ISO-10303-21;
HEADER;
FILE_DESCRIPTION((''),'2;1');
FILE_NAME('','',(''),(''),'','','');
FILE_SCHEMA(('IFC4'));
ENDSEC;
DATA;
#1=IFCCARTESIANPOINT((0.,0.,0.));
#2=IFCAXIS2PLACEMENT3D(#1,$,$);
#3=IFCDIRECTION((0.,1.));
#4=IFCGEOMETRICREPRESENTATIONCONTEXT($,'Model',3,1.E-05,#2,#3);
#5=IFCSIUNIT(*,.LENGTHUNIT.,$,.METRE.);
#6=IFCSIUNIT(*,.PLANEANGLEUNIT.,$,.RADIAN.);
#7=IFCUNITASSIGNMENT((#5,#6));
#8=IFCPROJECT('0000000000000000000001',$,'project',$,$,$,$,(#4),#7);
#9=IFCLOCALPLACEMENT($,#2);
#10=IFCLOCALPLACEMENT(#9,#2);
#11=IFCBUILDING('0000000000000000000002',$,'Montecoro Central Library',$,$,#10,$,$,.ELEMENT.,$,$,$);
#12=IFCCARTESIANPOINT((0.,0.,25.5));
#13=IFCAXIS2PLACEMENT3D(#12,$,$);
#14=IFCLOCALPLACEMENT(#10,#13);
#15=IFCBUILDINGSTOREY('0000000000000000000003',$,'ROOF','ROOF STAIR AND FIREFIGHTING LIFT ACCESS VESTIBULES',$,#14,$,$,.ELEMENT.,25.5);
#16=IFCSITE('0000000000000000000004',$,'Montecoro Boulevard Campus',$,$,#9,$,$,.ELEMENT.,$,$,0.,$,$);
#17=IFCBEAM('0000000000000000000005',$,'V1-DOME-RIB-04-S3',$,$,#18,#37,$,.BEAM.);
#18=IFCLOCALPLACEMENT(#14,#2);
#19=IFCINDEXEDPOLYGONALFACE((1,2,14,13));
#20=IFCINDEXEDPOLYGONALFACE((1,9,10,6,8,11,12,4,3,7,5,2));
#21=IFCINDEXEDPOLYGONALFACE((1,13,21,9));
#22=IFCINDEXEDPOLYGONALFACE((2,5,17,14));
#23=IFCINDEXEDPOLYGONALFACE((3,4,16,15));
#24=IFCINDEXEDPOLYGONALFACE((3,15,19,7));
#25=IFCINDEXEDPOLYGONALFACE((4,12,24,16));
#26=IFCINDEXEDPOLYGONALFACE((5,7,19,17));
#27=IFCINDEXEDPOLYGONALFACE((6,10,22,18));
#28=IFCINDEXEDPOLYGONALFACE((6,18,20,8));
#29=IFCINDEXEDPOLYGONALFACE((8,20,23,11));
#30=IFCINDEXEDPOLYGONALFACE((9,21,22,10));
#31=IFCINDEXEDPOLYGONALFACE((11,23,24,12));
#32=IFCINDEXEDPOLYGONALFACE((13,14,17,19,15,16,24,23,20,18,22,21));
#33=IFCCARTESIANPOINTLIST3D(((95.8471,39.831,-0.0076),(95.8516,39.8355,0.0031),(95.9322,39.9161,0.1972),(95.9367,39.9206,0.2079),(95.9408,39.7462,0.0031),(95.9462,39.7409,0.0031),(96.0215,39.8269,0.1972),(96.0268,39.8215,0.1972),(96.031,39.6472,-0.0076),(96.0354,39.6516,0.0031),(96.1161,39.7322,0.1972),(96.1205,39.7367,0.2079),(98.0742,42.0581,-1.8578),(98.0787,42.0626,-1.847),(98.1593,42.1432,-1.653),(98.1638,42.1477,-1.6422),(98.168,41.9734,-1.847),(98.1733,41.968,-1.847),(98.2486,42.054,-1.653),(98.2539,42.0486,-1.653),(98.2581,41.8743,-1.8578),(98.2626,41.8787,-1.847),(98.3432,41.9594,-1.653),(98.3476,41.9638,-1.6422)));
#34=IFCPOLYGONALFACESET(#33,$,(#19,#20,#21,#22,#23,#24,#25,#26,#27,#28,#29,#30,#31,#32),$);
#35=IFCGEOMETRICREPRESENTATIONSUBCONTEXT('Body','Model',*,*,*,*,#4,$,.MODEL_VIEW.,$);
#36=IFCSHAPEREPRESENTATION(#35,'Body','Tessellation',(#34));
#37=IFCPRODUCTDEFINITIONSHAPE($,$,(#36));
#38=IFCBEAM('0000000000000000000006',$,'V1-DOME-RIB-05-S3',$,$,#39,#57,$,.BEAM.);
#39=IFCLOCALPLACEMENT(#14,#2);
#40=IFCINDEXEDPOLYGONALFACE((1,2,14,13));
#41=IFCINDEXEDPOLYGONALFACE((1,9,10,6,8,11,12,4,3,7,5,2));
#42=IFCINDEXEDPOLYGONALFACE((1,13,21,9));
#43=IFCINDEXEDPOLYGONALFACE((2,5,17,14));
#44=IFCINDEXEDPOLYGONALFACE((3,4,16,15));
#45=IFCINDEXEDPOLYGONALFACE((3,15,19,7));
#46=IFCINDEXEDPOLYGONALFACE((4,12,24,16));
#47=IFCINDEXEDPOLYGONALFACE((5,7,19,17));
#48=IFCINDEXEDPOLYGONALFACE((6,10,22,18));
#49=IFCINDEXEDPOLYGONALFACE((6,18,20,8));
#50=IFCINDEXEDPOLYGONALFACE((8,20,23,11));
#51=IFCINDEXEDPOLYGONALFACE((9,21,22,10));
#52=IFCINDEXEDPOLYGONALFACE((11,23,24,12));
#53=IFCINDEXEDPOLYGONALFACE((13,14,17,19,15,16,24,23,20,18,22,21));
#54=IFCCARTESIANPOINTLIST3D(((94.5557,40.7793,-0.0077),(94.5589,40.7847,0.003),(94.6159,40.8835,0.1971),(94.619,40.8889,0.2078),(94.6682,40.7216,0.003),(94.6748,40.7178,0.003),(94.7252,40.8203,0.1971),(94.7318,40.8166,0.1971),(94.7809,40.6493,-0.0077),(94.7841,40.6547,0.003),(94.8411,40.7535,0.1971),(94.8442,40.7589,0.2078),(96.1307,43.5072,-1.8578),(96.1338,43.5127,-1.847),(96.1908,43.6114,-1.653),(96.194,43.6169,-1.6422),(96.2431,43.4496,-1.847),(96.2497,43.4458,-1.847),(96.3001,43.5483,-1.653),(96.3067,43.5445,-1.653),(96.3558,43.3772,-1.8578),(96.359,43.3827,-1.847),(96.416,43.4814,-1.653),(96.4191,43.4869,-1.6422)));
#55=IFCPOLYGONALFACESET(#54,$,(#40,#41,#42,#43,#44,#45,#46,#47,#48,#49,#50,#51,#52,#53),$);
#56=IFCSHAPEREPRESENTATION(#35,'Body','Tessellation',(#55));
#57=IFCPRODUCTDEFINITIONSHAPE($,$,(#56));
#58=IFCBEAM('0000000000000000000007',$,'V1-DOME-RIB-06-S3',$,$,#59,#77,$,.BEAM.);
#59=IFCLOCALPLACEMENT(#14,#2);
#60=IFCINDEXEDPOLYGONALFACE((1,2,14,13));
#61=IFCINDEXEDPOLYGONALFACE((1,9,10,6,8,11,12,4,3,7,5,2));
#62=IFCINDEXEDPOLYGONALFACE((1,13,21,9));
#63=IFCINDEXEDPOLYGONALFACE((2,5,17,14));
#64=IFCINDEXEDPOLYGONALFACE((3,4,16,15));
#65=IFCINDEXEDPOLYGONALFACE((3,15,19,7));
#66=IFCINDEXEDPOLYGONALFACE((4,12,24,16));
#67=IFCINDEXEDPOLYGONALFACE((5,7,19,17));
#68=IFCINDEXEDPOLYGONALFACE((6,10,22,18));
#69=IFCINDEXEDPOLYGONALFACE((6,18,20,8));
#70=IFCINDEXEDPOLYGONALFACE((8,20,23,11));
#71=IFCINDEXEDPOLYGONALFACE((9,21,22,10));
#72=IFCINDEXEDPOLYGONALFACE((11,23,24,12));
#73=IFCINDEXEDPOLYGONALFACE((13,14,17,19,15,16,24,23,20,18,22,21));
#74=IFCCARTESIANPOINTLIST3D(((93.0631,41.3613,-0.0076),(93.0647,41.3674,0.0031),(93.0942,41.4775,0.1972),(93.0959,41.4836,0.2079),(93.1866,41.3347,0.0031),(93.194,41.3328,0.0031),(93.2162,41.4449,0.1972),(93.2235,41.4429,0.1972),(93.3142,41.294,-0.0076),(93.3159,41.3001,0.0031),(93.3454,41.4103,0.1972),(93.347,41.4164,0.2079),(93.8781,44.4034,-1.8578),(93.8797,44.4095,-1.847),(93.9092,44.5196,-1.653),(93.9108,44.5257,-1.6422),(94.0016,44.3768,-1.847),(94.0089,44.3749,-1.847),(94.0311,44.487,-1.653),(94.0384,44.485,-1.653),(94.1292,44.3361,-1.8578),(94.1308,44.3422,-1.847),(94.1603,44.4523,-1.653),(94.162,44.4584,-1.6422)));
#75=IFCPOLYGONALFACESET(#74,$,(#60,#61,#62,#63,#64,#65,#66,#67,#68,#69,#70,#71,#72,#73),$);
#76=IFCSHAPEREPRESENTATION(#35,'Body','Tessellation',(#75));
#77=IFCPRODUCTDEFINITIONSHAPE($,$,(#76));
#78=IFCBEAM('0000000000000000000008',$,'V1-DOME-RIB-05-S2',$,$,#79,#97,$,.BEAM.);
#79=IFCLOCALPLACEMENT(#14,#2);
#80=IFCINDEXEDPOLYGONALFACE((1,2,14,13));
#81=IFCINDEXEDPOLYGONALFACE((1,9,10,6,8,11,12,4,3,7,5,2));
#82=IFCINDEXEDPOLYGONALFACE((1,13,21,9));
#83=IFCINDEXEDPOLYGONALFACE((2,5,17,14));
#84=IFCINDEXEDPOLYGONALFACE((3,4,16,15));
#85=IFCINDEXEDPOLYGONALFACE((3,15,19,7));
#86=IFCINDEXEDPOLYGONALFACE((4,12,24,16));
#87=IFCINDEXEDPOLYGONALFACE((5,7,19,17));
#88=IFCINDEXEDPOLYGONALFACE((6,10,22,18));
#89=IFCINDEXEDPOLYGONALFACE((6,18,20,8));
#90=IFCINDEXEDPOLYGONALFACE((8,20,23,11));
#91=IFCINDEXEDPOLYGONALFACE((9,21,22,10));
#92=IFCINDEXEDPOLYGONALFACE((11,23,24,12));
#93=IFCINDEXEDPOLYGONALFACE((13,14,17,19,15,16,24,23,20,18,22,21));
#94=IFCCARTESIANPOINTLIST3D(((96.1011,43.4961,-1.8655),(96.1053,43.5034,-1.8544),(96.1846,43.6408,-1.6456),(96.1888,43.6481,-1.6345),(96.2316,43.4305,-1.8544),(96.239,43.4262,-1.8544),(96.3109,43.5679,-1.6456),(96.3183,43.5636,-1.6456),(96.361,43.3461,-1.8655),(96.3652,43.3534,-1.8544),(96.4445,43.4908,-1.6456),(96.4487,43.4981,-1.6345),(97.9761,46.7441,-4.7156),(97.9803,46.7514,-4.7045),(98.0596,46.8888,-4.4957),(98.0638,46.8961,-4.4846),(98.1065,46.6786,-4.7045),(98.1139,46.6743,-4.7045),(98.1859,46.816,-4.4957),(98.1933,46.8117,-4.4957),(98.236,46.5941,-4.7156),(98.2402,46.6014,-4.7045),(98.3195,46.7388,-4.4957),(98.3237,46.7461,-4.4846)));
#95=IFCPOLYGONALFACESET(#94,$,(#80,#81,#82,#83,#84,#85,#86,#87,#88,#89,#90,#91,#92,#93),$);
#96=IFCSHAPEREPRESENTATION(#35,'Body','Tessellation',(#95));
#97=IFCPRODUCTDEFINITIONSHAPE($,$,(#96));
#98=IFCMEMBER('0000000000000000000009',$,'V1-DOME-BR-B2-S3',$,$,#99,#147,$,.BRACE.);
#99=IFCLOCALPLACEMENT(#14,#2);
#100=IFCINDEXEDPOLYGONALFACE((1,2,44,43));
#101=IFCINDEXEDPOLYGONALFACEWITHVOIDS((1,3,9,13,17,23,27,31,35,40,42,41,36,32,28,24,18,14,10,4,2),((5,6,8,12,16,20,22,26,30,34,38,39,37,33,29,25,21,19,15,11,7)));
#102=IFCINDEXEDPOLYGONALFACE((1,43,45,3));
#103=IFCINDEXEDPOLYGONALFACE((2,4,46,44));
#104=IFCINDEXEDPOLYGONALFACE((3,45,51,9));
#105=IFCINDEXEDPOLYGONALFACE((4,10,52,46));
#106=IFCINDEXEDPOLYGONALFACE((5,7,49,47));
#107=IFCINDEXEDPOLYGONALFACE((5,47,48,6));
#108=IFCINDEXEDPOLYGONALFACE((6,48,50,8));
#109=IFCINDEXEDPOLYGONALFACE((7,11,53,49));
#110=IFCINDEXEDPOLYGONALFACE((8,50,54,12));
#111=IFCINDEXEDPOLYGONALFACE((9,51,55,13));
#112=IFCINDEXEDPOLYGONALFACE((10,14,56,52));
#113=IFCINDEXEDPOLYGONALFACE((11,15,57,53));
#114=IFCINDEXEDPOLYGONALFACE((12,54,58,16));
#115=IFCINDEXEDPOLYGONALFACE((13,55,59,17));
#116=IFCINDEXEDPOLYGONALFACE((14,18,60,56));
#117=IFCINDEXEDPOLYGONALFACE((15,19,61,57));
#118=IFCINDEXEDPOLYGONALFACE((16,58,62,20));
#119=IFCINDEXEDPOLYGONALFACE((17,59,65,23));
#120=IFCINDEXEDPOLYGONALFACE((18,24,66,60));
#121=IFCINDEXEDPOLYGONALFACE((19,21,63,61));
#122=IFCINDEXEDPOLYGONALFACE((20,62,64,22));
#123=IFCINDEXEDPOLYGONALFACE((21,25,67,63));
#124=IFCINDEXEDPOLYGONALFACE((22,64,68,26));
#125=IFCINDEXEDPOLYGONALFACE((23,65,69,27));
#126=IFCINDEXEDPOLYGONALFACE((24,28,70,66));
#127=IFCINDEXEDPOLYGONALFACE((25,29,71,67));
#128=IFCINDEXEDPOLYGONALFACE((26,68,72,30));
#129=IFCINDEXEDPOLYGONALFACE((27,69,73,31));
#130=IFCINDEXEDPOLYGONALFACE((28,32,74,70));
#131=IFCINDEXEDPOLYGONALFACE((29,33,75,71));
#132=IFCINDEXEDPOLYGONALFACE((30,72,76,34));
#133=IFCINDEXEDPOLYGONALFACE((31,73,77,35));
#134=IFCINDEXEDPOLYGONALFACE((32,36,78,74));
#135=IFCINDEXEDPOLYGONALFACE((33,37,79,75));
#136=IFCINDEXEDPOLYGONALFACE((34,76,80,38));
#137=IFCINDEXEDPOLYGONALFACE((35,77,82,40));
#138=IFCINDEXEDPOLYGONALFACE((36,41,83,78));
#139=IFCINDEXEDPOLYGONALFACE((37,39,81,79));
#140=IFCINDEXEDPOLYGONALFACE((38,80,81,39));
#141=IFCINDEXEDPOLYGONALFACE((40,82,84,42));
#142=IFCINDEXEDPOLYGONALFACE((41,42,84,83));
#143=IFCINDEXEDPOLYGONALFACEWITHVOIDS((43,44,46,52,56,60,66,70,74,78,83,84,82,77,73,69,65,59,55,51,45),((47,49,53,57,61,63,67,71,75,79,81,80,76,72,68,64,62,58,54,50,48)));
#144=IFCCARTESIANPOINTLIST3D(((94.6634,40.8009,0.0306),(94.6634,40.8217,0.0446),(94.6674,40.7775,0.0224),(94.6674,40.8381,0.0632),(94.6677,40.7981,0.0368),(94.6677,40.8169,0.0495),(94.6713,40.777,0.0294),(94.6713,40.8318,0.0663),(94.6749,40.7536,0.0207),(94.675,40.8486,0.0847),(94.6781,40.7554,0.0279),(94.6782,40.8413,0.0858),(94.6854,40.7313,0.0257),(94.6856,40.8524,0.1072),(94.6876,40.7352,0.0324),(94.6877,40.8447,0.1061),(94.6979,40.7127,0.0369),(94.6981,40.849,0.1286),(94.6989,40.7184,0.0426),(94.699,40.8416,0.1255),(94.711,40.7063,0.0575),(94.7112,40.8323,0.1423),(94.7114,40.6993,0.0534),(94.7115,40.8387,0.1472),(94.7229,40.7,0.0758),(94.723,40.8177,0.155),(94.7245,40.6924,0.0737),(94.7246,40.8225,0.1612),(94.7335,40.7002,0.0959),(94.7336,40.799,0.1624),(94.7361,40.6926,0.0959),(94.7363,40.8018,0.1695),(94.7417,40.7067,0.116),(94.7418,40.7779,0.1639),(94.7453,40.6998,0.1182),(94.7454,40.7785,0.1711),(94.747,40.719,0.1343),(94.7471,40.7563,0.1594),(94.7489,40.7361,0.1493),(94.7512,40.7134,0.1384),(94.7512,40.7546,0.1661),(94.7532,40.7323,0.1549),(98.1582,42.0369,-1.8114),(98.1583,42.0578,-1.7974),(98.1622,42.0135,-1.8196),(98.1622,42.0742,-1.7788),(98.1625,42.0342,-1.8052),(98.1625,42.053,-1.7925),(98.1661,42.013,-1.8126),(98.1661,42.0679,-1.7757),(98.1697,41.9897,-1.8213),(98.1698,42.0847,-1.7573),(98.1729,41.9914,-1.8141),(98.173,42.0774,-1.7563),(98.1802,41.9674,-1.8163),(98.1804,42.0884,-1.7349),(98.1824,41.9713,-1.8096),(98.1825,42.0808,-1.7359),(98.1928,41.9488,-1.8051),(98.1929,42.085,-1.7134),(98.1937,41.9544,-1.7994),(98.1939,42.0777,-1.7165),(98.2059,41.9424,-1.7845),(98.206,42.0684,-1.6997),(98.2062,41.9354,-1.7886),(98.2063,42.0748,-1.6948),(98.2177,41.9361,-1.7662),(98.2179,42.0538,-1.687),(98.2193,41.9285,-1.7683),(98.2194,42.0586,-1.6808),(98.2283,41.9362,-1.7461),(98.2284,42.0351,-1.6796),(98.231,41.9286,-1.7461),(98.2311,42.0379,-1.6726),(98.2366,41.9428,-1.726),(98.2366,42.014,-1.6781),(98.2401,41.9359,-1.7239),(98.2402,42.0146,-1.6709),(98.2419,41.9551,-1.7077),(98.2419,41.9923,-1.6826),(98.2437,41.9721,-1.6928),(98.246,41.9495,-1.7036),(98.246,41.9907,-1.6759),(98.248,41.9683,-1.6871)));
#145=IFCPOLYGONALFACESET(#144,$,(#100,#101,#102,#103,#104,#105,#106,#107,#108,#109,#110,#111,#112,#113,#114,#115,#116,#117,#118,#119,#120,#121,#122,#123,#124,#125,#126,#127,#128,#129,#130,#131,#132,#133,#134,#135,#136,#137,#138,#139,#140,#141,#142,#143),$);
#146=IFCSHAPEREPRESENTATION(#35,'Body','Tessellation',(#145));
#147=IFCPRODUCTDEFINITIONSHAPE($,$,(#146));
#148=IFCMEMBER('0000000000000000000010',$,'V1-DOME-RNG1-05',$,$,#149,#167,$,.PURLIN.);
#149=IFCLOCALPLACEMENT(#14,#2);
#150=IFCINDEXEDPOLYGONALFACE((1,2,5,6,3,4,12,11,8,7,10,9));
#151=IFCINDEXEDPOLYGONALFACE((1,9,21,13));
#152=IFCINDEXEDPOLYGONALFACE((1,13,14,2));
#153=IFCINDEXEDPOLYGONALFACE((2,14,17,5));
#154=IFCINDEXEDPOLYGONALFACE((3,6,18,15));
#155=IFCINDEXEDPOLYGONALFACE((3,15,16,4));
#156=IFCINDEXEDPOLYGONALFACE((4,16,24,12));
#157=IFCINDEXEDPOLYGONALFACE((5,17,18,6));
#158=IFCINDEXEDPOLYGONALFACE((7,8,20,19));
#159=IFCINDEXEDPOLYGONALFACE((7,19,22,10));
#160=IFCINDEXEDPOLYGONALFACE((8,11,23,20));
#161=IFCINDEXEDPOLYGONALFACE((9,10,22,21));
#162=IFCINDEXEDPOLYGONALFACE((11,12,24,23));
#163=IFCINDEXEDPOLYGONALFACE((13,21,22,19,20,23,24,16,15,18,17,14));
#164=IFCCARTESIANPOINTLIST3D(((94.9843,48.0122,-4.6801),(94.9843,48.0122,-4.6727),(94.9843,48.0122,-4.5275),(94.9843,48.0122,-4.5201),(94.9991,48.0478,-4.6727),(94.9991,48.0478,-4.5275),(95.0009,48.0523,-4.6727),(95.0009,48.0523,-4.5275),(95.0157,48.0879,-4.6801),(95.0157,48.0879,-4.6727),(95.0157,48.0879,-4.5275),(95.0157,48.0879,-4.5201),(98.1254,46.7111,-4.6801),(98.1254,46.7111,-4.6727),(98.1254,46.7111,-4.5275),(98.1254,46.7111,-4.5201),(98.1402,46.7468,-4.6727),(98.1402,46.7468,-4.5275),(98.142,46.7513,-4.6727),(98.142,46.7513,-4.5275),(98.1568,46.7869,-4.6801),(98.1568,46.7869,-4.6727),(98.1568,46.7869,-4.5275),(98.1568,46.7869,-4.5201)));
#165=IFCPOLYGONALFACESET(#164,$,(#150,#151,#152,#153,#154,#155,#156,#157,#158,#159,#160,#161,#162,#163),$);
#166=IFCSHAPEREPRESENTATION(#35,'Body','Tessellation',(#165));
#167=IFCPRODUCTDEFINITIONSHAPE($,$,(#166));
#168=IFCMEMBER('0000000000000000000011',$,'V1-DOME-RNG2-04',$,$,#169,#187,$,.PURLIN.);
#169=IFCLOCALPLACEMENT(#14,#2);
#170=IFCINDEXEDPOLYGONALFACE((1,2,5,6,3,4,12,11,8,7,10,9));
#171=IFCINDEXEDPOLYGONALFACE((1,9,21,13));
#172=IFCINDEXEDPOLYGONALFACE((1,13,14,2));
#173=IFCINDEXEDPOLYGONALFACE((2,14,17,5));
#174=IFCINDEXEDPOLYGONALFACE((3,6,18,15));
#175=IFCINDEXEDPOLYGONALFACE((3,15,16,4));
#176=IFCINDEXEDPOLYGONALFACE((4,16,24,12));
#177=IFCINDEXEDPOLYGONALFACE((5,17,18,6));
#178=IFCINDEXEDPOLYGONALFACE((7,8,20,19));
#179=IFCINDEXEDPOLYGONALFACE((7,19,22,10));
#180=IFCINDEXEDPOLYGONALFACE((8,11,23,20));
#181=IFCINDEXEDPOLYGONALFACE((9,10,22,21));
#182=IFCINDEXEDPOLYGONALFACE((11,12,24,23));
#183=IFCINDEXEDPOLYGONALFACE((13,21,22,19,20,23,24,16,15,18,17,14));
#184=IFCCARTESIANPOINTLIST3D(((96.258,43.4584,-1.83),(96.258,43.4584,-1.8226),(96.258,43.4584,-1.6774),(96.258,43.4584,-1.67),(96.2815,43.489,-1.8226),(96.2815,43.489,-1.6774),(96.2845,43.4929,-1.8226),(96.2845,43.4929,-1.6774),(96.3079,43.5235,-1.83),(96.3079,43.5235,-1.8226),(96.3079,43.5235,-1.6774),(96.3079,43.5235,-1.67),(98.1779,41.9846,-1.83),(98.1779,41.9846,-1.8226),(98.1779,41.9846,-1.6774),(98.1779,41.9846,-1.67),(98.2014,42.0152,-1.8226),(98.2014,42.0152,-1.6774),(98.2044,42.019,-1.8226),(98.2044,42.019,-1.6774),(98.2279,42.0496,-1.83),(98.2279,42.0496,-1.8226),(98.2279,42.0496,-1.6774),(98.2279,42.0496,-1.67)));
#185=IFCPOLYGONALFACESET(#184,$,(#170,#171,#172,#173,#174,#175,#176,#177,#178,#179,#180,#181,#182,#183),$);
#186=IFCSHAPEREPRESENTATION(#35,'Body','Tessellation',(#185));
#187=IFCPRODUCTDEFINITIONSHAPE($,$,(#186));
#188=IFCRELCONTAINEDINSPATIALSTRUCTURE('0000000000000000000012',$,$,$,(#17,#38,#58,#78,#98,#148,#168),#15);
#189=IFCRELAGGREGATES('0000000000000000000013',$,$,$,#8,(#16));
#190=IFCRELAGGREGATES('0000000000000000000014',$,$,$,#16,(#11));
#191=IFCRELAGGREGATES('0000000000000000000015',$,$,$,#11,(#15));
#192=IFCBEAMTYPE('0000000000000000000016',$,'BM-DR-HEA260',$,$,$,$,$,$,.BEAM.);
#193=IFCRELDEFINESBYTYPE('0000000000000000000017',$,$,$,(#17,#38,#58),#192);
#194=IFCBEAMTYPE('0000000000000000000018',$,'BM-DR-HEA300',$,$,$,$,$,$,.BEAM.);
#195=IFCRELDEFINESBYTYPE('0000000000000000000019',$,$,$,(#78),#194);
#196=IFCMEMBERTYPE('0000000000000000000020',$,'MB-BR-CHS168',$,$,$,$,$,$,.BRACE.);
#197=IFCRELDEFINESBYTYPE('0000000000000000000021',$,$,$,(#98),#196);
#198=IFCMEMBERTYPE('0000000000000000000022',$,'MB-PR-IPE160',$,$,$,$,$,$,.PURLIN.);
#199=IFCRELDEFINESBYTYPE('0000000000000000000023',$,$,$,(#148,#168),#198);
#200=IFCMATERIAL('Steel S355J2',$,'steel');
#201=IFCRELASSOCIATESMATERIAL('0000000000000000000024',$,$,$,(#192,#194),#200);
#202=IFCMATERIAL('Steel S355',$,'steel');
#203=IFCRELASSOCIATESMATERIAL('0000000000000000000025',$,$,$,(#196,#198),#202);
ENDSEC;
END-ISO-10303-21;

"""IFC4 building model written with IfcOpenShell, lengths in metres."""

from ifc_helpers import new_model, si_unit, direction, frame, origin, origin_2d, place, context, subcontext, project, spatial, hollow_circle, i_section, extrude, material, material_profile, profile_set, type_object, element, save


model = new_model("IFC4")

# Units and contexts
model_context = context("Model", 3, precision=1e-05, world=origin(), true_north=direction((0.0, 1.0)))
body_context = subcontext(model_context, "Body", "Model", "MODEL_VIEW")
ifc_project = project(units=[si_unit("LENGTHUNIT", "METRE"), si_unit("PLANEANGLEUNIT", "RADIAN")], contexts=[model_context])

# Site, building, storey
site_placement = place(None, origin())
site = spatial("IfcSite", under=ifc_project, at=site_placement, Name="Montecoro Boulevard Campus", CompositionType="ELEMENT", RefElevation=0.0)
building_placement = place(site_placement, origin())
building = spatial("IfcBuilding", under=site, at=building_placement, Name="Montecoro Central Library", CompositionType="ELEMENT")
storey_placement = place(building_placement, frame((0.0, 0.0, 25.5)))
storey = spatial("IfcBuildingStorey", under=building, at=storey_placement, Name="ROOF", Description="ROOF STAIR AND FIREFIGHTING LIFT ACCESS VESTIBULES", CompositionType="ELEMENT", Elevation=25.5)

# Beams
ifc_material_1 = material(Name="Steel S355J2", Category="steel")
ifc_material_profile_1 = material_profile(ifc_material_1, i_section(OverallWidth=0.26, OverallDepth=0.25, WebThickness=0.0076, FlangeThickness=0.0125, at=origin_2d()), Name="HEA 260")
ifc_profile_set_1 = profile_set([ifc_material_profile_1], Name="Steel S355J2")
beam_type_1 = type_object("IfcBeamType", Name="BM-DR-HEA260", PredefinedType="BEAM", material=ifc_profile_set_1)
beam_1_placement = place(storey_placement, frame((98.2109, 42.011, -1.75), z_axis=(-0.609696, -0.609696, 0.506498), x_axis=(0.707107, -0.707107, 0.0)))
element("IfcBeam", 1, at=beam_1_placement, inside=storey, type_object=beam_type_1, Name="V1-DOME-RIB-04-S3", PredefinedType="BEAM", context=body_context, shape_type="SweptSolid", body=[
    extrude(i_section(OverallWidth=0.26, OverallDepth=0.25, WebThickness=0.0076, FlangeThickness=0.0125, at=origin_2d()), origin(), (0.0, 0.0, 1.0), 3.6528),
])
beam_2_placement = place(storey_placement, frame((96.2749, 43.4971, -1.75), z_axis=(-0.431122, -0.746761, 0.50644), x_axis=(0.866036, -0.499982, 0.0)))
element("IfcBeam", 2, at=beam_2_placement, inside=storey, type_object=beam_type_1, Name="V1-DOME-RIB-05-S3", PredefinedType="BEAM", context=body_context, shape_type="SweptSolid", body=[
    extrude(i_section(OverallWidth=0.26, OverallDepth=0.25, WebThickness=0.0076, FlangeThickness=0.0125, at=origin_2d()), origin(), (0.0, 0.0, 1.0), 3.6531),
])
beam_3_placement = place(storey_placement, frame((94.02, 44.4309, -1.75), z_axis=(-0.223119, -0.832854, 0.50653), x_axis=(0.965938, -0.258772, 0.0)))
element("IfcBeam", 3, at=beam_3_placement, inside=storey, type_object=beam_type_1, Name="V1-DOME-RIB-06-S3", PredefinedType="BEAM", context=body_context, shape_type="SweptSolid", body=[
    extrude(i_section(OverallWidth=0.26, OverallDepth=0.25, WebThickness=0.0076, FlangeThickness=0.0125, at=origin_2d()), origin(), (0.0, 0.0, 1.0), 3.6526),
])
ifc_material_profile_2 = material_profile(ifc_material_1, i_section(OverallWidth=0.3, OverallDepth=0.29, WebThickness=0.0085, FlangeThickness=0.0139, at=origin_2d()), Name="HEA 300")
ifc_profile_set_2 = profile_set([ifc_material_profile_2], Name="Steel S355J2")
beam_type_2 = type_object("IfcBeamType", Name="BM-DR-HEA300", PredefinedType="BEAM", material=ifc_profile_set_2)
beam_4_placement = place(storey_placement, frame((98.1499, 46.7451, -4.6001), z_axis=(-0.39805, -0.689538, 0.605056), x_axis=(0.866056, -0.499948, 0.0)))
element("IfcBeam", 4, at=beam_4_placement, inside=storey, type_object=beam_type_2, Name="V1-DOME-RIB-05-S2", PredefinedType="BEAM", context=body_context, shape_type="SweptSolid", body=[
    extrude(i_section(OverallWidth=0.3, OverallDepth=0.29, WebThickness=0.0085, FlangeThickness=0.0139, at=origin_2d()), origin(), (0.0, 0.0, 1.0), 4.7104),
])

# Members
ifc_material_2 = material(Name="Steel S355", Category="steel")
ifc_material_profile_3 = material_profile(ifc_material_2, hollow_circle(Radius=0.0842, WallThickness=0.0081, at=origin_2d()), Name="CHS 168.3x8.0")
ifc_profile_set_3 = profile_set([ifc_material_profile_3], Name="Steel S355")
member_type_1 = type_object("IfcMemberType", Name="MB-BR-CHS168", PredefinedType="BRACE", material=ifc_profile_set_3)
member_1_placement = place(storey_placement, frame((98.2029, 42.0081, -1.7461), z_axis=(-0.844282, -0.29861, 0.444995), x_axis=(0.333444, -0.94277, 0.0)))
element("IfcMember", 5, at=member_1_placement, inside=storey, type_object=member_type_1, Name="V1-DOME-BR-B2-S3", PredefinedType="BRACE", context=body_context, shape_type="SweptSolid", body=[
    extrude(hollow_circle(Radius=0.0842, WallThickness=0.0081, at=origin_2d()), origin(), (0.0, 0.0, 1.0), 4.1394),
])
ifc_material_profile_4 = material_profile(ifc_material_2, i_section(OverallWidth=0.082, OverallDepth=0.1599, WebThickness=0.0049, FlangeThickness=0.0073, at=origin_2d()), Name="IPE 160")
ifc_profile_set_4 = profile_set([ifc_material_profile_4], Name="Steel S355")
member_type_2 = type_object("IfcMemberType", Name="MB-PR-IPE160", PredefinedType="PURLIN", material=ifc_profile_set_4)
member_2_placement = place(storey_placement, frame((98.1411, 46.749, -4.6001), z_axis=(-0.923886, 0.382667, 0.0), x_axis=(-0.382667, -0.923886, 0.0)))
element("IfcMember", 6, at=member_2_placement, inside=storey, type_object=member_type_2, Name="V1-DOME-RNG1-05", PredefinedType="PURLIN", context=body_context, shape_type="SweptSolid", body=[
    extrude(i_section(OverallWidth=0.082, OverallDepth=0.1599, WebThickness=0.0049, FlangeThickness=0.0073, at=origin_2d()), origin(), (0.0, 0.0, 1.0), 3.3999),
])
member_3_placement = place(storey_placement, frame((98.2029, 42.0171, -1.75), z_axis=(-0.79322, 0.608935, 0.0), x_axis=(-0.608935, -0.79322, 0.0)))
element("IfcMember", 7, at=member_3_placement, inside=storey, type_object=member_type_2, Name="V1-DOME-RNG2-04", PredefinedType="PURLIN", context=body_context, shape_type="SweptSolid", body=[
    extrude(i_section(OverallWidth=0.082, OverallDepth=0.1599, WebThickness=0.0049, FlangeThickness=0.0073, at=origin_2d()), origin(), (0.0, 0.0, 1.0), 2.4204),
])

save(model, "model.ifc")
